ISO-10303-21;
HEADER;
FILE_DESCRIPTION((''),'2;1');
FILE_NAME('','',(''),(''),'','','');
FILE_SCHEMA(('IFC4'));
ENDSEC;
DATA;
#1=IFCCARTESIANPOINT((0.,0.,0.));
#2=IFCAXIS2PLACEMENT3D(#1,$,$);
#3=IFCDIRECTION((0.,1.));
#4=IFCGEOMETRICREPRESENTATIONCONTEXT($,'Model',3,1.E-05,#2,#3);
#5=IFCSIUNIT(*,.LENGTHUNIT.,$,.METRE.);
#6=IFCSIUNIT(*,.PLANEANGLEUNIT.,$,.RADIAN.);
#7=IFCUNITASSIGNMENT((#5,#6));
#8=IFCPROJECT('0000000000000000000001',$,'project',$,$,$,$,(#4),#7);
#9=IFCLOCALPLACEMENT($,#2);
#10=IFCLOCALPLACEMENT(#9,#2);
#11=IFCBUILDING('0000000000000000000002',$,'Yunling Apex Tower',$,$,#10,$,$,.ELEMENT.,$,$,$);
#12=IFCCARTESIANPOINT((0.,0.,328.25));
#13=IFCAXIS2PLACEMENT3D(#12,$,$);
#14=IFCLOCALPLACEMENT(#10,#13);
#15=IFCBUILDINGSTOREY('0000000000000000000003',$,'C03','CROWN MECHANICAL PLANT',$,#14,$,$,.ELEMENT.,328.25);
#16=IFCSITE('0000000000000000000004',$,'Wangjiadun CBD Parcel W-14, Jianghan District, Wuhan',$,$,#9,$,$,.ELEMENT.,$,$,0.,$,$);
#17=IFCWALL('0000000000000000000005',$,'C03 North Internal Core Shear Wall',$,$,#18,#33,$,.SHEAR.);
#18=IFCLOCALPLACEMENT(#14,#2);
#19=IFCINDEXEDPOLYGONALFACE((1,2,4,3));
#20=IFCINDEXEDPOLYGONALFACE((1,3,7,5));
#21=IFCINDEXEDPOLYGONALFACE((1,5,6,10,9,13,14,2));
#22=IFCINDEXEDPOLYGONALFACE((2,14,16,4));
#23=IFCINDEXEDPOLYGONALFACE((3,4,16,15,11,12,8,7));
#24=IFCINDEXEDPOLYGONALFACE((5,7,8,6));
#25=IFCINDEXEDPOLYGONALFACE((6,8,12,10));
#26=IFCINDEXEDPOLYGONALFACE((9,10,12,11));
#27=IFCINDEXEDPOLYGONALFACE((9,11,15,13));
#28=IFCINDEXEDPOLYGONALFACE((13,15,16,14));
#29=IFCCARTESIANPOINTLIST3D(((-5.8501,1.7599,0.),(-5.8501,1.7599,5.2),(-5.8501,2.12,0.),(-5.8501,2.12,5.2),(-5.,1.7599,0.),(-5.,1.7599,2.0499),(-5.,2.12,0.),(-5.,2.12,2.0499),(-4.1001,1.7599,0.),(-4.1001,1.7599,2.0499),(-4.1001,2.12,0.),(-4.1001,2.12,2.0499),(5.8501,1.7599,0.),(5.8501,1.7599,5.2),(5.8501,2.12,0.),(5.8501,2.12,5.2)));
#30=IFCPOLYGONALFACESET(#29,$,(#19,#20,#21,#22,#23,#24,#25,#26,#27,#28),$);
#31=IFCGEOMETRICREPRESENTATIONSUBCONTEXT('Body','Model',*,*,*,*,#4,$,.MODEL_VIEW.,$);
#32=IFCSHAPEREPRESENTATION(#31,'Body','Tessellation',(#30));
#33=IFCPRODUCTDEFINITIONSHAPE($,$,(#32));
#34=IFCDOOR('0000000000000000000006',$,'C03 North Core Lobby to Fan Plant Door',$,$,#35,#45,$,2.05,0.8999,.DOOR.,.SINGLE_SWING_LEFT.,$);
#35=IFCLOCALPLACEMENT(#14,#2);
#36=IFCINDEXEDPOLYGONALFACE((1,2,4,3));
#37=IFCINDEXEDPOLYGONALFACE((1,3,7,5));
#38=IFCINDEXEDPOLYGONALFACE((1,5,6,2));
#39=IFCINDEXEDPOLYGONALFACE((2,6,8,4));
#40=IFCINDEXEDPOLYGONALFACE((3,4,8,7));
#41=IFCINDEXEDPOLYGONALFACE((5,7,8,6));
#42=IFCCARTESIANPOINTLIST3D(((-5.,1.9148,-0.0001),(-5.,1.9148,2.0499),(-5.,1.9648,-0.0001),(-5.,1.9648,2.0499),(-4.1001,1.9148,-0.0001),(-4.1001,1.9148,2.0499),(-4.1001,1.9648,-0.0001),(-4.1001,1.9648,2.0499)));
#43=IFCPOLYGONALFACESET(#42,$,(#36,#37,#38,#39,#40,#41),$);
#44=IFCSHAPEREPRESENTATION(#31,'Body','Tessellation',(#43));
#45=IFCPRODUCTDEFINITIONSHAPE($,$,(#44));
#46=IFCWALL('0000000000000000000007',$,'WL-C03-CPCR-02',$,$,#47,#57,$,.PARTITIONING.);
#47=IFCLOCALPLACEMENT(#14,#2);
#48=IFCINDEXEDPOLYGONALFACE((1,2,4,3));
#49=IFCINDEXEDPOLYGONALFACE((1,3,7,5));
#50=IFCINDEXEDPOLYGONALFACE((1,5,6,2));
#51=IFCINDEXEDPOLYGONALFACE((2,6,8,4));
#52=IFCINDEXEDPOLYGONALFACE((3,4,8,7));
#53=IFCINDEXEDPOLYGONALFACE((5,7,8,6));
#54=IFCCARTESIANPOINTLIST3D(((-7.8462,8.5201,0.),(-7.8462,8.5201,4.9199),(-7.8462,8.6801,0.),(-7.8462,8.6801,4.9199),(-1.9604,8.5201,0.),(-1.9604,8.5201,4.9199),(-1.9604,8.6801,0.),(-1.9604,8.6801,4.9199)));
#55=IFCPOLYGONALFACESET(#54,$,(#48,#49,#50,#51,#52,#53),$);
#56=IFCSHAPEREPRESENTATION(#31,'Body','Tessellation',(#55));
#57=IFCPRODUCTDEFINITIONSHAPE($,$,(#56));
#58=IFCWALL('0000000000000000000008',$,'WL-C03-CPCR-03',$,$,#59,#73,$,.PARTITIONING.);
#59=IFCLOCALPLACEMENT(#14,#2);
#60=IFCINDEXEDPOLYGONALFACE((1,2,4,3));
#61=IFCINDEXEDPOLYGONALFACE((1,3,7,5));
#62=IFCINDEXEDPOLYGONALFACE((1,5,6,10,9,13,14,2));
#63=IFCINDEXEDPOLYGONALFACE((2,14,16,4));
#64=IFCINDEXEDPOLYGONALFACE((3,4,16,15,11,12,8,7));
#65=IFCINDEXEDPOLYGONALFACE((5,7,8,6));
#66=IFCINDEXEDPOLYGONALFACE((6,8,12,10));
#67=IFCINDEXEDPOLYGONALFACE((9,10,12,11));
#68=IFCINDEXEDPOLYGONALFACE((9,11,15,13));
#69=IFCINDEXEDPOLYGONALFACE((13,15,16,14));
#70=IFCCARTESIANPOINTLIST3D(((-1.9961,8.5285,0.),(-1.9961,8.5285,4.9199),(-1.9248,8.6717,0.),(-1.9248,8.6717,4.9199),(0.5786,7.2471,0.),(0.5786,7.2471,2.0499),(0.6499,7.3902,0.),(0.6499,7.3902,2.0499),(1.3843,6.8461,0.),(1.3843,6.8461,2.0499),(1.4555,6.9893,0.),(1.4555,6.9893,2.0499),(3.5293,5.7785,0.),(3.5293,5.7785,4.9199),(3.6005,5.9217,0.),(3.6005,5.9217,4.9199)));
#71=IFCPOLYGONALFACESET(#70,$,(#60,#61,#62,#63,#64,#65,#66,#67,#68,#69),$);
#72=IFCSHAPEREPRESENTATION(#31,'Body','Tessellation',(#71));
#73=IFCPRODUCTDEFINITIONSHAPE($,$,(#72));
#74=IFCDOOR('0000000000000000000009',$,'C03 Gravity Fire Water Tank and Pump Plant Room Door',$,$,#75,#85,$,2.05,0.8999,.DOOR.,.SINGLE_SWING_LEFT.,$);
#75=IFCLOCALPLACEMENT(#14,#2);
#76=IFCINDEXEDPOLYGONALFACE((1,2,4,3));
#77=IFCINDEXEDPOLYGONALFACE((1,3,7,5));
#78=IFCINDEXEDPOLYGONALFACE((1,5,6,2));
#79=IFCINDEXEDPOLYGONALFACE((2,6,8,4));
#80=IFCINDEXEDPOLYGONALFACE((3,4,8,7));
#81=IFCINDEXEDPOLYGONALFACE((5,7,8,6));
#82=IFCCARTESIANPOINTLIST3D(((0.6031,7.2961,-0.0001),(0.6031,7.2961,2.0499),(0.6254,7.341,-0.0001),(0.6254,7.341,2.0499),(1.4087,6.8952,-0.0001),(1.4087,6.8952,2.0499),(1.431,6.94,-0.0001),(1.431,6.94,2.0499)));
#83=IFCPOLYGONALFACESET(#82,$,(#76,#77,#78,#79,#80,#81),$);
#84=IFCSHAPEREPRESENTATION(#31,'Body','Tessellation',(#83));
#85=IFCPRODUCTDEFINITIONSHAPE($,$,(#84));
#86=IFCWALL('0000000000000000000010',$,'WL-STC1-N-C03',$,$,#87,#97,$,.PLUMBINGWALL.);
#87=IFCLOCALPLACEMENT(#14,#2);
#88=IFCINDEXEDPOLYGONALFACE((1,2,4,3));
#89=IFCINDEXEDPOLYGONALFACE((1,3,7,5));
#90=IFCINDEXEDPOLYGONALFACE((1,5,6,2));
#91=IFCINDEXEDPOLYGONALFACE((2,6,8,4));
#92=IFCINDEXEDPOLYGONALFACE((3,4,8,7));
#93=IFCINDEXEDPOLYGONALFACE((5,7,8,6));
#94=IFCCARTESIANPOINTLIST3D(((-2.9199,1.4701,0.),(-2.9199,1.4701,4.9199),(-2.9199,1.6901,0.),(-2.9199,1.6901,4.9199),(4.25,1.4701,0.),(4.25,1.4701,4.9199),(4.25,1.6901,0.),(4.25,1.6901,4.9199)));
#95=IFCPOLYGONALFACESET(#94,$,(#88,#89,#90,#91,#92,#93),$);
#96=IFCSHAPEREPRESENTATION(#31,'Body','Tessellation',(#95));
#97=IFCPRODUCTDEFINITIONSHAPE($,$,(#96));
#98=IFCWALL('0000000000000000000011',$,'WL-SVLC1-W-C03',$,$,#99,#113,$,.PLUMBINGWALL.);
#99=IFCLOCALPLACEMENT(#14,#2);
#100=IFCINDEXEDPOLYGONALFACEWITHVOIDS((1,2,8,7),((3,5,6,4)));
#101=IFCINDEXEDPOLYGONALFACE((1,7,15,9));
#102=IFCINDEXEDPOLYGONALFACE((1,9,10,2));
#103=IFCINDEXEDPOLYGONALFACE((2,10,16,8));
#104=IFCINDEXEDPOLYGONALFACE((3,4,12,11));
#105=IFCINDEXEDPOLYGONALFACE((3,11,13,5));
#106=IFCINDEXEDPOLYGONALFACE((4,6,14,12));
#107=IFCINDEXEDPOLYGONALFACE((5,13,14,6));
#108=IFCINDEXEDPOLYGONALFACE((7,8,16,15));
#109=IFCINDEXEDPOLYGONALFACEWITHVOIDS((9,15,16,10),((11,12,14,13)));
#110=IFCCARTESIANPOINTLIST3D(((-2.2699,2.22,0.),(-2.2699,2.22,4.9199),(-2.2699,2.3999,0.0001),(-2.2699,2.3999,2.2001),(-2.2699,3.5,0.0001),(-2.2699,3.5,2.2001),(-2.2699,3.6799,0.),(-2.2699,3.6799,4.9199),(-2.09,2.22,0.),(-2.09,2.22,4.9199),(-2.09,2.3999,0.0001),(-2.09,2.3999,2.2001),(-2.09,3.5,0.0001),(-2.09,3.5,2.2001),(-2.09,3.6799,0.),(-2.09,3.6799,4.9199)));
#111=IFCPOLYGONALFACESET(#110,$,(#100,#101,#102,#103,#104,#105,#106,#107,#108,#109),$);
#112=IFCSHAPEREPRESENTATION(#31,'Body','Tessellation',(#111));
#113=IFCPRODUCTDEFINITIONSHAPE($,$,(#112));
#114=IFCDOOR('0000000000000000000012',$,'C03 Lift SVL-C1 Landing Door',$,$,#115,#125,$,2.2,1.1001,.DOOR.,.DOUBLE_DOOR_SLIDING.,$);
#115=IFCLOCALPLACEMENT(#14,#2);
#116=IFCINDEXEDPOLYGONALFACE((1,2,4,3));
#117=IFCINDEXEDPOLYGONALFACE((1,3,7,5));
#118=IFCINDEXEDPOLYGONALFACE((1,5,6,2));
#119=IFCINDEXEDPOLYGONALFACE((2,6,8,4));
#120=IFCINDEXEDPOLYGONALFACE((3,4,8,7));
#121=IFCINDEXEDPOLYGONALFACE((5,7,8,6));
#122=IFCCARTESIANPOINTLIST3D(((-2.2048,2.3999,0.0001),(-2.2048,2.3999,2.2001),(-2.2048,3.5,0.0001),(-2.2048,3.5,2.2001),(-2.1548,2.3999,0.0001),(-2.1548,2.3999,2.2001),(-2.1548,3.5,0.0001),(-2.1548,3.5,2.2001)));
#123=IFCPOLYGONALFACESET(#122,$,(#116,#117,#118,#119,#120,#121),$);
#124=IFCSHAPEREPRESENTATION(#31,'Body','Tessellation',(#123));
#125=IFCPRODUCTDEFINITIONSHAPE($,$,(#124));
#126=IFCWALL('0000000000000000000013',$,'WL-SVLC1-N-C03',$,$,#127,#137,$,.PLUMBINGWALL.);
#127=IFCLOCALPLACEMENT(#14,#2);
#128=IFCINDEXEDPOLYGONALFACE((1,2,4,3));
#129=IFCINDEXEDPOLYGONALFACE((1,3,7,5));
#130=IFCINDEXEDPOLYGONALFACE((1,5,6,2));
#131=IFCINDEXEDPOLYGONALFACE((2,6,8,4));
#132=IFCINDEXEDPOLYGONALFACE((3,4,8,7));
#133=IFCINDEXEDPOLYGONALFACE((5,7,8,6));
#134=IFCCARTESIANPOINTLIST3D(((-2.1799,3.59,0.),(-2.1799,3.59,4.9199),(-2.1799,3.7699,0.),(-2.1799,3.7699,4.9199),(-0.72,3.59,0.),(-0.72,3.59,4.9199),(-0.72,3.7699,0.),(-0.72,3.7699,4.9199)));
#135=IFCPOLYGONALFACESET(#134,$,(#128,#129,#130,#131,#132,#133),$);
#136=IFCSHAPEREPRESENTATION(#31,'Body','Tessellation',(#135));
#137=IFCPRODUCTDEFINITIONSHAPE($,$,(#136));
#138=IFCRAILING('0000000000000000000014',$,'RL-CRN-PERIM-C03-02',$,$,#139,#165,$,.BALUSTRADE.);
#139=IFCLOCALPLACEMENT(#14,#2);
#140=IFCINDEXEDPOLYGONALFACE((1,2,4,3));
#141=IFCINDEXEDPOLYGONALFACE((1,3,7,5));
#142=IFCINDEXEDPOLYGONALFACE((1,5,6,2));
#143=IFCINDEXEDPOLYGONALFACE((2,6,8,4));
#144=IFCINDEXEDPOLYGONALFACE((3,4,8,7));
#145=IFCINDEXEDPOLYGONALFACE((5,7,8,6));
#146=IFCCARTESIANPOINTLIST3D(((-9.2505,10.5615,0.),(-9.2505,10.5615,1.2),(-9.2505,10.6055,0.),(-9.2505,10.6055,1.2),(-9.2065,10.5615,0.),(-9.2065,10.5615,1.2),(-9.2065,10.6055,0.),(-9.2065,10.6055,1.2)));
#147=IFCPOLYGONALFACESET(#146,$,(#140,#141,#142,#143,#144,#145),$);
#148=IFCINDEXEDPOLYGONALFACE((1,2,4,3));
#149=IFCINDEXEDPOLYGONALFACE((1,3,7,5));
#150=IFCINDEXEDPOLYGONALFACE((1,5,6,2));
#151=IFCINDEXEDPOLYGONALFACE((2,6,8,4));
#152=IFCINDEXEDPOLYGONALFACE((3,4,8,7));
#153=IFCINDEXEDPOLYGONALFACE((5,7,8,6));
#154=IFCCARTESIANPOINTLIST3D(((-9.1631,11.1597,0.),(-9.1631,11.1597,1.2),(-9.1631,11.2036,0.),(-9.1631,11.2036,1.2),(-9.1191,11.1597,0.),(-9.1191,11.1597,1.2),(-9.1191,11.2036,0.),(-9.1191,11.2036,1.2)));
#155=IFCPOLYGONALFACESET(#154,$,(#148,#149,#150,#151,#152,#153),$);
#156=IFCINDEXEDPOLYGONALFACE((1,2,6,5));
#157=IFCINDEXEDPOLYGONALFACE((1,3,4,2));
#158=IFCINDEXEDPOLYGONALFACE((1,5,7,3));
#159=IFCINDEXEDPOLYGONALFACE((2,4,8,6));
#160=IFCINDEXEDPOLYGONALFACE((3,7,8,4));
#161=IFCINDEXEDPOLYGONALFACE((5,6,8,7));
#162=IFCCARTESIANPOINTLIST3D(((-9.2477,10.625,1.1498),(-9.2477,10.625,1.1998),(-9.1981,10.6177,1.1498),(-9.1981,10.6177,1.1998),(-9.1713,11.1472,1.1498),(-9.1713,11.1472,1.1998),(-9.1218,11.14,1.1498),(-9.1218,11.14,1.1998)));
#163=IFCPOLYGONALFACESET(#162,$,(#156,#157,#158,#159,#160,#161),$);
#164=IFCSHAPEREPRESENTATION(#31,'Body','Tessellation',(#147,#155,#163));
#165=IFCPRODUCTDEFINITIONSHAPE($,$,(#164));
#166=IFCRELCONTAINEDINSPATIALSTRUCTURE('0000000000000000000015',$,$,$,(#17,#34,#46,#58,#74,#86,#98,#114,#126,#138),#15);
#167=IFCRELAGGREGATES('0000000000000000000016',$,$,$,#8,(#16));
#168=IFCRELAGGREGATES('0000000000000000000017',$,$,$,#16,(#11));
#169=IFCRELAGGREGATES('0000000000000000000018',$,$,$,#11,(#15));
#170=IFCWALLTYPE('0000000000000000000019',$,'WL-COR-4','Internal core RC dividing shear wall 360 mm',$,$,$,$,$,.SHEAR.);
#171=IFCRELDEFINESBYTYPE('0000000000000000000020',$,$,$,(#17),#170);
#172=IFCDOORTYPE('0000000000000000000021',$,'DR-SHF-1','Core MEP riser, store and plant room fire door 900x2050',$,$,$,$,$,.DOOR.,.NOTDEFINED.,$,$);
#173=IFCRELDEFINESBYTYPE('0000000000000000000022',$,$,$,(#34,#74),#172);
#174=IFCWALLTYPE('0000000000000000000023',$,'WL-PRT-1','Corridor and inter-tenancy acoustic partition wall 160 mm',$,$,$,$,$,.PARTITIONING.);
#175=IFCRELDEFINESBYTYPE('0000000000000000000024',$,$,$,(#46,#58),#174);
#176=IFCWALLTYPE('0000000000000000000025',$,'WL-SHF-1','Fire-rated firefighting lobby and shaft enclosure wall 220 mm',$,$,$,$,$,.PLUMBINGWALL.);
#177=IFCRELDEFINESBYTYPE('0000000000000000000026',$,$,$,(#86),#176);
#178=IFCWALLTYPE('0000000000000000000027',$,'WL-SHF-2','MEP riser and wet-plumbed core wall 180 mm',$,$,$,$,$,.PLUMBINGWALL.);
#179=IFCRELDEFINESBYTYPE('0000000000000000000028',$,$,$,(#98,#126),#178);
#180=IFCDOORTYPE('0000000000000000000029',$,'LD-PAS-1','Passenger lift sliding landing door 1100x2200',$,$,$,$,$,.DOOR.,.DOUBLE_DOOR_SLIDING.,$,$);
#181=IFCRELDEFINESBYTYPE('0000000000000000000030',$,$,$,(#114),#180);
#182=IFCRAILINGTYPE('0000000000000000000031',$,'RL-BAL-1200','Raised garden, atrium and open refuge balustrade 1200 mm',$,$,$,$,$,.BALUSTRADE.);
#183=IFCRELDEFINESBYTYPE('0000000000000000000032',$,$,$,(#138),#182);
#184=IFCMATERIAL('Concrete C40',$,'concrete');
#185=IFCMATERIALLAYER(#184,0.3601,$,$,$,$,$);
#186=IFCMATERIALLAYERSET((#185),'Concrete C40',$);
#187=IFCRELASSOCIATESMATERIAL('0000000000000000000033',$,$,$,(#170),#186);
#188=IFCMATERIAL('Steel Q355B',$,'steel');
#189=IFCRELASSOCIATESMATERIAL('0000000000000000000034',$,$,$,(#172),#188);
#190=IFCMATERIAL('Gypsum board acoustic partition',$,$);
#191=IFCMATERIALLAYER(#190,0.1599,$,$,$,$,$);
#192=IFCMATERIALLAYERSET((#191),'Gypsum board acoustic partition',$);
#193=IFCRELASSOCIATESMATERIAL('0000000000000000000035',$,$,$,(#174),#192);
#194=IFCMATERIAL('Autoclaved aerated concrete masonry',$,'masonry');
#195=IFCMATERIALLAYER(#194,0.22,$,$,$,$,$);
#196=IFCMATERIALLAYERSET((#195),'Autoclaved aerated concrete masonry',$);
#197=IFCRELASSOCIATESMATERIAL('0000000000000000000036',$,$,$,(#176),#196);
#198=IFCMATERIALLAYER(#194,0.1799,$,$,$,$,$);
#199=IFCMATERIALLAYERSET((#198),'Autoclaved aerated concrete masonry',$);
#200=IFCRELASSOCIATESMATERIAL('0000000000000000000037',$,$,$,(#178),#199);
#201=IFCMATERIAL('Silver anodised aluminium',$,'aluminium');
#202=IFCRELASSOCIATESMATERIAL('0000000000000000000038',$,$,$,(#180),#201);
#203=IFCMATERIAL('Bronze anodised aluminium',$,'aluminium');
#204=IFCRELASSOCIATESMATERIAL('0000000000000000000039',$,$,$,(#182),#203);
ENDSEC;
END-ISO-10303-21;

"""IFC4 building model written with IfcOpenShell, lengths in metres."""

from ifc_helpers import new_model, si_unit, direction, frame, frame_2d, origin, origin_2d, place, context, subcontext, project, spatial, rectangle, extrude, material, layer, layer_set, type_object, element, fill, save


model = new_model("IFC4")

# Units and contexts
model_context = context("Model", 3, precision=1e-05, world=origin(), true_north=direction((0.0, 1.0)))
body_context = subcontext(model_context, "Body", "Model", "MODEL_VIEW")
ifc_project = project(units=[si_unit("LENGTHUNIT", "METRE"), si_unit("PLANEANGLEUNIT", "RADIAN")], contexts=[model_context])

# Site, building, storey
site_placement = place(None, origin())
site = spatial("IfcSite", under=ifc_project, at=site_placement, Name="Wangjiadun CBD Parcel W-14, Jianghan District, Wuhan", CompositionType="ELEMENT", RefElevation=0.0)
building_placement = place(site_placement, origin())
building = spatial("IfcBuilding", under=site, at=building_placement, Name="Yunling Apex Tower", CompositionType="ELEMENT")
storey_placement = place(building_placement, frame((0.0, 0.0, 328.25)))
storey = spatial("IfcBuildingStorey", under=building, at=storey_placement, Name="C03", Description="CROWN MECHANICAL PLANT", CompositionType="ELEMENT", Elevation=328.25)

# Shared definitions
ifc_material_1 = material(Name="Bronze anodised aluminium", Category="aluminium")

# Shared definitions
ifc_material_2 = material(Name="Concrete C40", Category="concrete")

# Wall, opening, door
ifc_layer_1 = layer(ifc_material_2, 0.3601)
ifc_layer_set_1 = layer_set([ifc_layer_1], Name="Concrete C40")
wall_type_1 = type_object("IfcWallType", Name="WL-COR-4", Description="Internal core RC dividing shear wall 360 mm", PredefinedType="SHEAR", material=ifc_layer_set_1)
wall_1_placement = place(storey_placement, frame((-5.8501, 1.9399, 0.0), z_axis=(0.0, 0.0, 1.0), x_axis=(1.0, 0.0, 0.0)))
wall_1 = element("IfcWall", 1, at=wall_1_placement, inside=storey, type_object=wall_type_1, Name="C03 North Internal Core Shear Wall", PredefinedType="SHEAR", context=body_context, shape_type="SweptSolid", body=[
    extrude(rectangle(XDim=11.7002, YDim=0.3601, at=frame_2d((5.8501, 0.0))), origin(), (0.0, 0.0, 1.0), 5.2),
])
opening_1_placement = place(wall_1_placement, frame((0.8501, 0.0, 0.0)))
opening_1 = element("IfcOpeningElement", 2, at=opening_1_placement, cuts=wall_1, PredefinedType="OPENING", context=body_context, shape_type="SweptSolid", body=[
    extrude(rectangle(XDim=0.8999, YDim=2.05, at=frame_2d((0.45, 1.0249))), frame((0.0, 0.1899, 0.0), z_axis=(0.0, -1.0, 0.0), x_axis=(1.0, 0.0, 0.0)), (0.0, 0.0, 1.0), 0.3801),
])
ifc_material_3 = material(Name="Steel Q355B", Category="steel")
door_type_1 = type_object("IfcDoorType", Name="DR-SHF-1", Description="Core MEP riser, store and plant room fire door 900x2050", OperationType="NOTDEFINED", PredefinedType="DOOR", material=ifc_material_3)
door_1_placement = place(opening_1_placement, origin())
door_1 = element("IfcDoor", 3, at=door_1_placement, inside=storey, type_object=door_type_1, Name="C03 North Core Lobby to Fan Plant Door", OperationType="SINGLE_SWING_LEFT", OverallHeight=2.05, OverallWidth=0.8999, PredefinedType="DOOR", context=body_context, shape_type="SweptSolid", body=[
    extrude(rectangle(XDim=0.8999, YDim=2.05, at=frame_2d((0.45, 1.0249))), frame((0.0, 0.0249, 0.0), z_axis=(0.0, -1.0, 0.0), x_axis=(1.0, 0.0, 0.0)), (0.0, 0.0, 1.0), 0.05),
])
fill(opening_1, door_1)

# Wall
ifc_material_4 = material(Name="Gypsum board acoustic partition")
ifc_layer_2 = layer(ifc_material_4, 0.1599)
ifc_layer_set_2 = layer_set([ifc_layer_2], Name="Gypsum board acoustic partition")
wall_type_2 = type_object("IfcWallType", Name="WL-PRT-1", Description="Corridor and inter-tenancy acoustic partition wall 160 mm", PredefinedType="PARTITIONING", material=ifc_layer_set_2)
wall_2_placement = place(storey_placement, frame((-7.8462, 8.6001, 0.0), z_axis=(0.0, 0.0, 1.0), x_axis=(1.0, 0.0, 0.0)))
element("IfcWall", 4, at=wall_2_placement, inside=storey, type_object=wall_type_2, Name="WL-C03-CPCR-02", PredefinedType="PARTITIONING", context=body_context, shape_type="SweptSolid", body=[
    extrude(rectangle(XDim=5.8857, YDim=0.1599, at=frame_2d((2.9429, 0.0))), origin(), (0.0, 0.0, 1.0), 4.9199),
])

# Wall, opening, door
wall_3_placement = place(storey_placement, frame((-1.9604, 8.6001, 0.0), z_axis=(0.0, 0.0, 1.0), x_axis=(0.895248, -0.445567, 0.0)))
wall_3 = element("IfcWall", 5, at=wall_3_placement, inside=storey, type_object=wall_type_2, Name="WL-C03-CPCR-03", PredefinedType="PARTITIONING", context=body_context, shape_type="SweptSolid", body=[
    extrude(rectangle(XDim=6.1719, YDim=0.1599, at=frame_2d((3.0859, 0.0))), origin(), (0.0, 0.0, 1.0), 4.9199),
])
opening_2_placement = place(wall_3_placement, frame((2.876, 0.0, 0.0)))
opening_2 = element("IfcOpeningElement", 6, at=opening_2_placement, cuts=wall_3, PredefinedType="OPENING", context=body_context, shape_type="SweptSolid", body=[
    extrude(rectangle(XDim=0.8999, YDim=2.05, at=frame_2d((0.45, 1.0249))), frame((0.0, 0.0898, 0.0), z_axis=(0.0, -1.0, 0.0), x_axis=(1.0, 0.0, 0.0)), (0.0, 0.0, 1.0), 0.1799),
])
door_2_placement = place(opening_2_placement, origin())
door_2 = element("IfcDoor", 7, at=door_2_placement, inside=storey, type_object=door_type_1, Name="C03 Gravity Fire Water Tank and Pump Plant Room Door", OperationType="SINGLE_SWING_LEFT", OverallHeight=2.05, OverallWidth=0.8999, PredefinedType="DOOR", context=body_context, shape_type="SweptSolid", body=[
    extrude(rectangle(XDim=0.8999, YDim=2.05, at=frame_2d((0.45, 1.0249))), frame((0.0, 0.0249, 0.0), z_axis=(0.0, -1.0, 0.0), x_axis=(1.0, 0.0, 0.0)), (0.0, 0.0, 1.0), 0.05),
])
fill(opening_2, door_2)

# Wall
ifc_material_5 = material(Name="Autoclaved aerated concrete masonry", Category="masonry")
ifc_layer_3 = layer(ifc_material_5, 0.22)
ifc_layer_set_3 = layer_set([ifc_layer_3], Name="Autoclaved aerated concrete masonry")
wall_type_3 = type_object("IfcWallType", Name="WL-SHF-1", Description="Fire-rated firefighting lobby and shaft enclosure wall 220 mm", PredefinedType="PLUMBINGWALL", material=ifc_layer_set_3)
wall_4_placement = place(storey_placement, frame((-2.9199, 1.5801, 0.0), z_axis=(0.0, 0.0, 1.0), x_axis=(1.0, 0.0, 0.0)))
element("IfcWall", 8, at=wall_4_placement, inside=storey, type_object=wall_type_3, Name="WL-STC1-N-C03", PredefinedType="PLUMBINGWALL", context=body_context, shape_type="SweptSolid", body=[
    extrude(rectangle(XDim=7.1699, YDim=0.22, at=frame_2d((3.585, 0.0))), origin(), (0.0, 0.0, 1.0), 4.9199),
])

# Wall, opening, door
ifc_layer_4 = layer(ifc_material_5, 0.1799)
ifc_layer_set_4 = layer_set([ifc_layer_4], Name="Autoclaved aerated concrete masonry")
wall_type_4 = type_object("IfcWallType", Name="WL-SHF-2", Description="MEP riser and wet-plumbed core wall 180 mm", PredefinedType="PLUMBINGWALL", material=ifc_layer_set_4)
wall_5_placement = place(storey_placement, frame((-2.1799, 2.22, 0.0), z_axis=(0.0, 0.0, 1.0), x_axis=(0.0, 1.0, 0.0)))
wall_5 = element("IfcWall", 9, at=wall_5_placement, inside=storey, type_object=wall_type_4, Name="WL-SVLC1-W-C03", PredefinedType="PLUMBINGWALL", context=body_context, shape_type="SweptSolid", body=[
    extrude(rectangle(XDim=1.46, YDim=0.1799, at=frame_2d((0.73, 0.0))), origin(), (0.0, 0.0, 1.0), 4.9199),
])
opening_3_placement = place(wall_5_placement, frame((0.1799, 0.0, 0.0)))
opening_3 = element("IfcOpeningElement", 10, at=opening_3_placement, cuts=wall_5, PredefinedType="OPENING", context=body_context, shape_type="SweptSolid", body=[
    extrude(rectangle(XDim=1.1001, YDim=2.2, at=frame_2d((0.55, 1.1001))), frame((0.0, 0.1001, 0.0), z_axis=(0.0, -1.0, 0.0), x_axis=(1.0, 0.0, 0.0)), (0.0, 0.0, 1.0), 0.2),
])
ifc_material_6 = material(Name="Silver anodised aluminium", Category="aluminium")
door_type_2 = type_object("IfcDoorType", Name="LD-PAS-1", Description="Passenger lift sliding landing door 1100x2200", OperationType="DOUBLE_DOOR_SLIDING", PredefinedType="DOOR", material=ifc_material_6)
door_3_placement = place(opening_3_placement, origin())
door_3 = element("IfcDoor", 11, at=door_3_placement, inside=storey, type_object=door_type_2, Name="C03 Lift SVL-C1 Landing Door", OperationType="DOUBLE_DOOR_SLIDING", OverallHeight=2.2, OverallWidth=1.1001, PredefinedType="DOOR", context=body_context, shape_type="SweptSolid", body=[
    extrude(rectangle(XDim=1.1001, YDim=2.2, at=frame_2d((0.55, 1.1001))), frame((0.0, 0.0249, 0.0), z_axis=(0.0, -1.0, 0.0), x_axis=(1.0, 0.0, 0.0)), (0.0, 0.0, 1.0), 0.05),
])
fill(opening_3, door_3)

# Wall
wall_6_placement = place(storey_placement, frame((-2.1799, 3.6799, 0.0), z_axis=(0.0, 0.0, 1.0), x_axis=(1.0, 0.0, 0.0)))
element("IfcWall", 12, at=wall_6_placement, inside=storey, type_object=wall_type_4, Name="WL-SVLC1-N-C03", PredefinedType="PLUMBINGWALL", context=body_context, shape_type="SweptSolid", body=[
    extrude(rectangle(XDim=1.46, YDim=0.1799, at=frame_2d((0.73, 0.0))), origin(), (0.0, 0.0, 1.0), 4.9199),
])

# Railing
railing_type_1 = type_object("IfcRailingType", Name="RL-BAL-1200", Description="Raised garden, atrium and open refuge balustrade 1200 mm", PredefinedType="BALUSTRADE", material=ifc_material_1)
railing_1_placement = place(storey_placement, frame((-9.2285, 10.5835, 0.0)))
element("IfcRailing", 13, at=railing_1_placement, inside=storey, type_object=railing_type_1, Name="RL-CRN-PERIM-C03-02", PredefinedType="BALUSTRADE", context=body_context, shape_type="SweptSolid", body=[
    extrude(rectangle(XDim=0.0439, YDim=0.0439, at=origin_2d()), origin(), (0.0, 0.0, 1.0), 1.2),
    extrude(rectangle(XDim=0.0439, YDim=0.0439, at=origin_2d()), frame((0.0874, 0.5981, 0.0)), (0.0, 0.0, 1.0), 1.2),
    extrude(rectangle(XDim=0.05, YDim=0.05, at=origin_2d()), frame((0.0056, 0.0378, 1.1748), z_axis=(0.144587, 0.989492, 0.0), x_axis=(-0.989492, 0.144587, 0.0)), (0.0, 0.0, 1.0), 0.5278),
])

save(model, "model.ifc")
